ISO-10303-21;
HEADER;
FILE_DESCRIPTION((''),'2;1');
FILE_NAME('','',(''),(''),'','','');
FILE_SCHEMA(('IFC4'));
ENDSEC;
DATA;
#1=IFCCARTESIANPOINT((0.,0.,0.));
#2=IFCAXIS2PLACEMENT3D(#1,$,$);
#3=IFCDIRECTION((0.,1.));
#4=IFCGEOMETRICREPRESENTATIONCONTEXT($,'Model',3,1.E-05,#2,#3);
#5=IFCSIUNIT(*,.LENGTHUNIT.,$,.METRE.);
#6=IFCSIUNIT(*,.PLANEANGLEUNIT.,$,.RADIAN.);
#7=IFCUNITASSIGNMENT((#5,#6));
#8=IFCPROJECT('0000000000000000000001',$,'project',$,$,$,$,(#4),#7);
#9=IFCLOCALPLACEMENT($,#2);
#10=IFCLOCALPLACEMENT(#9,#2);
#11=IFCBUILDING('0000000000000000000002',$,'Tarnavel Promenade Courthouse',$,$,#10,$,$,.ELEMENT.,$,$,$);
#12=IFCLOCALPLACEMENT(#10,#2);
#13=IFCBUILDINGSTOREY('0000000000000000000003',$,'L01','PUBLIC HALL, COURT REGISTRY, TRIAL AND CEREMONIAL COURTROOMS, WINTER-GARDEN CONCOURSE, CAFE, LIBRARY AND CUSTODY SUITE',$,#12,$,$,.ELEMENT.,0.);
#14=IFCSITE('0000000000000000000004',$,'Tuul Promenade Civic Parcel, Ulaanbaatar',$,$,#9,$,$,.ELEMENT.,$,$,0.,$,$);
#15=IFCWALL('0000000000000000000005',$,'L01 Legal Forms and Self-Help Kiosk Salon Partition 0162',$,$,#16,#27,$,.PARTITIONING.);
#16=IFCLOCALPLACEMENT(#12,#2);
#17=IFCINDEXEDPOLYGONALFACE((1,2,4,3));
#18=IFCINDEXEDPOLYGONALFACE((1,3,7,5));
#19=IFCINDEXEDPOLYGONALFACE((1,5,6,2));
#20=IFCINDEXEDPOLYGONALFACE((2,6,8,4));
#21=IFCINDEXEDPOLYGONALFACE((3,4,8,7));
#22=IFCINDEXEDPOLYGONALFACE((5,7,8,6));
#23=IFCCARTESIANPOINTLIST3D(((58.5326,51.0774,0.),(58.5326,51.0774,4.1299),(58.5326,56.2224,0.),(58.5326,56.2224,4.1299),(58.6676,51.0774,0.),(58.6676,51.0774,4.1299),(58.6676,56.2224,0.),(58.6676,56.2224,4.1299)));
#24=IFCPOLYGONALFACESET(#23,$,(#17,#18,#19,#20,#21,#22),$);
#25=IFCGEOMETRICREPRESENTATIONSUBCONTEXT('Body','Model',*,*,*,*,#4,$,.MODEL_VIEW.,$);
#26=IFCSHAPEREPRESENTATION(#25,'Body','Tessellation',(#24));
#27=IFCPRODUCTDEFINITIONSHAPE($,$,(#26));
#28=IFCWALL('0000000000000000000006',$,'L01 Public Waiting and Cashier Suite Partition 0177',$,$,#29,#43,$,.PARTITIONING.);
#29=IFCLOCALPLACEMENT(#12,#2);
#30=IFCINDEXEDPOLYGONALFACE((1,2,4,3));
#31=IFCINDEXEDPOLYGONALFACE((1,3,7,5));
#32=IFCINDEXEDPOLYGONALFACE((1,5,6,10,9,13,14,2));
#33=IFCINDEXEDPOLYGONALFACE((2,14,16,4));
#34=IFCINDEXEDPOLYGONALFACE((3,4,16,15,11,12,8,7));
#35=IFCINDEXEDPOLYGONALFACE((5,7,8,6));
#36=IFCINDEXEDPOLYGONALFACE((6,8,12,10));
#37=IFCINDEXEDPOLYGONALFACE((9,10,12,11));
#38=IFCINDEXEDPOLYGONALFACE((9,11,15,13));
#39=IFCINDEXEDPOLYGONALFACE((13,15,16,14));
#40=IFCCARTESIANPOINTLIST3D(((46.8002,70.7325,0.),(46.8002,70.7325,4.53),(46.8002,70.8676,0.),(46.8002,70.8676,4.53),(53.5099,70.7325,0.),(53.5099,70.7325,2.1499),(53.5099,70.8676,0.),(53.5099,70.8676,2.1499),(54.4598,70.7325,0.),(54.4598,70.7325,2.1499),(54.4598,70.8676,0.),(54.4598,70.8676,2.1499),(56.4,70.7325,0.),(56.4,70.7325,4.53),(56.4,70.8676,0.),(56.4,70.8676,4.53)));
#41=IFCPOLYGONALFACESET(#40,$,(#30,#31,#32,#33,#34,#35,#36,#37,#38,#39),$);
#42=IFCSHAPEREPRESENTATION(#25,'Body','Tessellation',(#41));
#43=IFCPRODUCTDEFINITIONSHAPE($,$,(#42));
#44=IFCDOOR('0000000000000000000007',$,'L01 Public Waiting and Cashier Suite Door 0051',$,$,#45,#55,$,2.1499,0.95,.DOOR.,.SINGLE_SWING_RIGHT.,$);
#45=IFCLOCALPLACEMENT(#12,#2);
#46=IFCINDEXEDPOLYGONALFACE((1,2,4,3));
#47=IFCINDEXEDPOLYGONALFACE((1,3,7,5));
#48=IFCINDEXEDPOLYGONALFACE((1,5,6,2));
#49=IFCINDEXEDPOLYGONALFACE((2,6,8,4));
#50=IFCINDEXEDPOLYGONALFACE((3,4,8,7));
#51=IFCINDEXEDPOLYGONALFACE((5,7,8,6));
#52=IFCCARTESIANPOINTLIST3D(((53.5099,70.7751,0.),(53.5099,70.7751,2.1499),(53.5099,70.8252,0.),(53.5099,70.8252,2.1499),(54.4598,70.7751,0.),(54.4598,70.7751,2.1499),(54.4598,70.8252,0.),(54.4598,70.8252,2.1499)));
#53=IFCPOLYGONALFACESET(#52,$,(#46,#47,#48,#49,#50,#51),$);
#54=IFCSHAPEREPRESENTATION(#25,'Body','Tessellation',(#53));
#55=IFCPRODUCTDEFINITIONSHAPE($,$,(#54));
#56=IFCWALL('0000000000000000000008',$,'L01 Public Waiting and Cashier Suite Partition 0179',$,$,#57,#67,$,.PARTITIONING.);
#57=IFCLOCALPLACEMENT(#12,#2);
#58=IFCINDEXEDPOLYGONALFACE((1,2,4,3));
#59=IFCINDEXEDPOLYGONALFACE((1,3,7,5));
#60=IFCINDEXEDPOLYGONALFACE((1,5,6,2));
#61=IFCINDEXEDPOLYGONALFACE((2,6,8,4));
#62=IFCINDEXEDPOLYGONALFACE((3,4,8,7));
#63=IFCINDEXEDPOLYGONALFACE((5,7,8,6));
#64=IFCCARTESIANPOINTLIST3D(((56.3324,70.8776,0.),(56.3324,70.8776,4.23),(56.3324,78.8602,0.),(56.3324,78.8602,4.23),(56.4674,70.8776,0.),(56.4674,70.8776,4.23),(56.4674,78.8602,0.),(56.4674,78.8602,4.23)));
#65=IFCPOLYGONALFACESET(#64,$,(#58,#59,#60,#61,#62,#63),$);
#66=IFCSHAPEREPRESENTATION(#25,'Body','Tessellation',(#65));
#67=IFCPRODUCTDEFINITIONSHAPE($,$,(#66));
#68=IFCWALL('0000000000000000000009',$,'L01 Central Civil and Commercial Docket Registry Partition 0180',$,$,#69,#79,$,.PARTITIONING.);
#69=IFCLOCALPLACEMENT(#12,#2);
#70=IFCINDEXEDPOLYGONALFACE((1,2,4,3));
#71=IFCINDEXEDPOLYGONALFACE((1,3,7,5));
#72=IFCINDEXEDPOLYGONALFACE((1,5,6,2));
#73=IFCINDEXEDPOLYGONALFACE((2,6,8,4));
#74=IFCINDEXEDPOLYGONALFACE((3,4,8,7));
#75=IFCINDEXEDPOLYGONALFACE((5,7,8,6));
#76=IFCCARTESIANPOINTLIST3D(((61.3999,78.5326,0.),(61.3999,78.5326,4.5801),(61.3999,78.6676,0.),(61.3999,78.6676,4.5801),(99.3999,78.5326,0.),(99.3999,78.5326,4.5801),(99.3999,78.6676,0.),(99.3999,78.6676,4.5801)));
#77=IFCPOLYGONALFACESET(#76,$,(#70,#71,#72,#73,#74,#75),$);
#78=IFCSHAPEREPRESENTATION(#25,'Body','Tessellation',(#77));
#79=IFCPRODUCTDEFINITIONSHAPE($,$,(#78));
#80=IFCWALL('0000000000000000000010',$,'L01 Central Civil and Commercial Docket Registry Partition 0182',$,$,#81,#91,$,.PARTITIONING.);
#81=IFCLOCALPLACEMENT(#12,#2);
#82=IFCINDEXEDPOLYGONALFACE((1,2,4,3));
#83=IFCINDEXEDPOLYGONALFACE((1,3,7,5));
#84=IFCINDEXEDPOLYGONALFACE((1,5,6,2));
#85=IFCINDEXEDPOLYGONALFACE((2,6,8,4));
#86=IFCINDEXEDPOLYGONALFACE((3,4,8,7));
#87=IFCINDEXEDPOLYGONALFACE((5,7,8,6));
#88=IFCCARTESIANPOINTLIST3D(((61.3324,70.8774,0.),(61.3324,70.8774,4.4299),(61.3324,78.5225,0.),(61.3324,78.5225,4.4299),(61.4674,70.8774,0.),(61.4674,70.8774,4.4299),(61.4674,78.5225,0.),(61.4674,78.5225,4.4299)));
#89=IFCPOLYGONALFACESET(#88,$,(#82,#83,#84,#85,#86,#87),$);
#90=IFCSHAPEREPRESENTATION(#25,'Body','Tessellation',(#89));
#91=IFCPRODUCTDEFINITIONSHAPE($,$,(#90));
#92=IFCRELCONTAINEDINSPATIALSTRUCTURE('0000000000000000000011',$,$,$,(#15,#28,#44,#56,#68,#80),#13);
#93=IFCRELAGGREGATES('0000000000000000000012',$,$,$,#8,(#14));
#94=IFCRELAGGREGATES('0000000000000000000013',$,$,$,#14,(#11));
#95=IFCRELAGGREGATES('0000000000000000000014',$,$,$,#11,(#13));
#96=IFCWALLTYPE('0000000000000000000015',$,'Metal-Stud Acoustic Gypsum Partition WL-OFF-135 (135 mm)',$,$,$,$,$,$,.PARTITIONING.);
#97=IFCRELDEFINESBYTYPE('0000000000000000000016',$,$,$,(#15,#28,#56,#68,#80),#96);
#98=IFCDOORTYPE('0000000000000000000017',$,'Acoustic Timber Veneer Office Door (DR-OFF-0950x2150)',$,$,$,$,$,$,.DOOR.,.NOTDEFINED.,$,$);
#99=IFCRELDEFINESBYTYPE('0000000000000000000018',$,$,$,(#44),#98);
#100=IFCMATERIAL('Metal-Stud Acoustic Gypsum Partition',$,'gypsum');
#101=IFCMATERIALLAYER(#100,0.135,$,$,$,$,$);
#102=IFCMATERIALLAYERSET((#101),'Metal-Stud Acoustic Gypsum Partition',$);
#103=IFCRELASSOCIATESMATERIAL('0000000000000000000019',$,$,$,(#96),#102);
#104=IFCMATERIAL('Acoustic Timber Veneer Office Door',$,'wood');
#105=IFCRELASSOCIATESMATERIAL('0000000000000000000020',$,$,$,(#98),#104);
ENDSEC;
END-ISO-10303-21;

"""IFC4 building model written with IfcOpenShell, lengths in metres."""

from ifc_helpers import new_model, si_unit, direction, frame, frame_2d, origin, place, context, subcontext, project, spatial, rectangle, extrude, material, layer, layer_set, type_object, element, fill, save


model = new_model("IFC4")

# Units and contexts
model_context = context("Model", 3, precision=1e-05, world=origin(), true_north=direction((0.0, 1.0)))
body_context = subcontext(model_context, "Body", "Model", "MODEL_VIEW")
ifc_project = project(units=[si_unit("LENGTHUNIT", "METRE"), si_unit("PLANEANGLEUNIT", "RADIAN")], contexts=[model_context])

# Site, building, storey
site_placement = place(None, origin())
site = spatial("IfcSite", under=ifc_project, at=site_placement, Name="Tuul Promenade Civic Parcel, Ulaanbaatar", CompositionType="ELEMENT", RefElevation=0.0)
building_placement = place(site_placement, origin())
building = spatial("IfcBuilding", under=site, at=building_placement, Name="Tarnavel Promenade Courthouse", CompositionType="ELEMENT")
storey_placement = place(building_placement, origin())
storey = spatial("IfcBuildingStorey", under=building, at=storey_placement, Name="L01", Description="PUBLIC HALL, COURT REGISTRY, TRIAL AND CEREMONIAL COURTROOMS, WINTER-GARDEN CONCOURSE, CAFE, LIBRARY AND CUSTODY SUITE", CompositionType="ELEMENT", Elevation=0.0)

# Wall
ifc_material_1 = material(Name="Metal-Stud Acoustic Gypsum Partition", Category="gypsum")
ifc_layer_1 = layer(ifc_material_1, 0.135)
ifc_layer_set_1 = layer_set([ifc_layer_1], Name="Metal-Stud Acoustic Gypsum Partition")
wall_type = type_object("IfcWallType", Name="Metal-Stud Acoustic Gypsum Partition WL-OFF-135 (135 mm)", PredefinedType="PARTITIONING", material=ifc_layer_set_1)
wall_1_placement = place(storey_placement, frame((58.6001, 56.2224, 0.0), z_axis=(0.0, 0.0, 1.0), x_axis=(0.0, -1.0, 0.0)))
element("IfcWall", 1, at=wall_1_placement, inside=storey, type_object=wall_type, Name="L01 Legal Forms and Self-Help Kiosk Salon Partition 0162", PredefinedType="PARTITIONING", context=body_context, shape_type="SweptSolid", body=[
    extrude(rectangle(XDim=5.145, YDim=0.135, at=frame_2d((2.5725, 0.0))), origin(), (0.0, 0.0, 1.0), 4.1299),
])

# Wall, opening, door
wall_2_placement = place(storey_placement, frame((56.3999, 70.8, 0.0), z_axis=(0.0, 0.0, 1.0), x_axis=(-1.0, 0.0, 0.0)))
wall_2 = element("IfcWall", 2, at=wall_2_placement, inside=storey, type_object=wall_type, Name="L01 Public Waiting and Cashier Suite Partition 0177", PredefinedType="PARTITIONING", context=body_context, shape_type="SweptSolid", body=[
    extrude(rectangle(XDim=9.5999, YDim=0.135, at=frame_2d((4.7998, 0.0))), origin(), (0.0, 0.0, 1.0), 4.53),
])
opening_placement = place(wall_2_placement, frame((1.9399, 0.0, 0.0)))
opening = element("IfcOpeningElement", 3, at=opening_placement, cuts=wall_2, PredefinedType="OPENING", context=body_context, shape_type="SweptSolid", body=[
    extrude(rectangle(XDim=0.95, YDim=2.1499, at=frame_2d((0.4751, 1.075))), frame((0.0, 0.0774, 0.0), z_axis=(0.0, -1.0, 0.0), x_axis=(1.0, 0.0, 0.0)), (0.0, 0.0, 1.0), 0.155),
])
ifc_material_2 = material(Name="Acoustic Timber Veneer Office Door", Category="wood")
door_type = type_object("IfcDoorType", Name="Acoustic Timber Veneer Office Door (DR-OFF-0950x2150)", OperationType="NOTDEFINED", PredefinedType="DOOR", material=ifc_material_2)
door_placement = place(opening_placement, origin())
door = element("IfcDoor", 4, at=door_placement, inside=storey, type_object=door_type, Name="L01 Public Waiting and Cashier Suite Door 0051", OperationType="SINGLE_SWING_RIGHT", OverallHeight=2.1499, OverallWidth=0.95, PredefinedType="DOOR", context=body_context, shape_type="SweptSolid", body=[
    extrude(rectangle(XDim=0.95, YDim=2.1499, at=frame_2d((0.4751, 1.075))), frame((0.0, 0.0249, 0.0), z_axis=(0.0, -1.0, 0.0), x_axis=(1.0, 0.0, 0.0)), (0.0, 0.0, 1.0), 0.05),
])
fill(opening, door)

# Walls
wall_3_placement = place(storey_placement, frame((56.3999, 78.8601, 0.0), z_axis=(0.0, 0.0, 1.0), x_axis=(0.0, -1.0, 0.0)))
element("IfcWall", 5, at=wall_3_placement, inside=storey, type_object=wall_type, Name="L01 Public Waiting and Cashier Suite Partition 0179", PredefinedType="PARTITIONING", context=body_context, shape_type="SweptSolid", body=[
    extrude(rectangle(XDim=7.9827, YDim=0.135, at=frame_2d((3.9912, 0.0))), origin(), (0.0, 0.0, 1.0), 4.23),
])
wall_4_placement = place(storey_placement, frame((61.3999, 78.6001, 0.0), z_axis=(0.0, 0.0, 1.0), x_axis=(1.0, 0.0, 0.0)))
element("IfcWall", 6, at=wall_4_placement, inside=storey, type_object=wall_type, Name="L01 Central Civil and Commercial Docket Registry Partition 0180", PredefinedType="PARTITIONING", context=body_context, shape_type="SweptSolid", body=[
    extrude(rectangle(XDim=38.0, YDim=0.135, at=frame_2d((19.0, 0.0))), origin(), (0.0, 0.0, 1.0), 4.5801),
])
wall_5_placement = place(storey_placement, frame((61.3999, 70.8774, 0.0), z_axis=(0.0, 0.0, 1.0), x_axis=(0.0, 1.0, 0.0)))
element("IfcWall", 7, at=wall_5_placement, inside=storey, type_object=wall_type, Name="L01 Central Civil and Commercial Docket Registry Partition 0182", PredefinedType="PARTITIONING", context=body_context, shape_type="SweptSolid", body=[
    extrude(rectangle(XDim=7.645, YDim=0.135, at=frame_2d((3.8225, 0.0))), origin(), (0.0, 0.0, 1.0), 4.4299),
])

save(model, "model.ifc")
